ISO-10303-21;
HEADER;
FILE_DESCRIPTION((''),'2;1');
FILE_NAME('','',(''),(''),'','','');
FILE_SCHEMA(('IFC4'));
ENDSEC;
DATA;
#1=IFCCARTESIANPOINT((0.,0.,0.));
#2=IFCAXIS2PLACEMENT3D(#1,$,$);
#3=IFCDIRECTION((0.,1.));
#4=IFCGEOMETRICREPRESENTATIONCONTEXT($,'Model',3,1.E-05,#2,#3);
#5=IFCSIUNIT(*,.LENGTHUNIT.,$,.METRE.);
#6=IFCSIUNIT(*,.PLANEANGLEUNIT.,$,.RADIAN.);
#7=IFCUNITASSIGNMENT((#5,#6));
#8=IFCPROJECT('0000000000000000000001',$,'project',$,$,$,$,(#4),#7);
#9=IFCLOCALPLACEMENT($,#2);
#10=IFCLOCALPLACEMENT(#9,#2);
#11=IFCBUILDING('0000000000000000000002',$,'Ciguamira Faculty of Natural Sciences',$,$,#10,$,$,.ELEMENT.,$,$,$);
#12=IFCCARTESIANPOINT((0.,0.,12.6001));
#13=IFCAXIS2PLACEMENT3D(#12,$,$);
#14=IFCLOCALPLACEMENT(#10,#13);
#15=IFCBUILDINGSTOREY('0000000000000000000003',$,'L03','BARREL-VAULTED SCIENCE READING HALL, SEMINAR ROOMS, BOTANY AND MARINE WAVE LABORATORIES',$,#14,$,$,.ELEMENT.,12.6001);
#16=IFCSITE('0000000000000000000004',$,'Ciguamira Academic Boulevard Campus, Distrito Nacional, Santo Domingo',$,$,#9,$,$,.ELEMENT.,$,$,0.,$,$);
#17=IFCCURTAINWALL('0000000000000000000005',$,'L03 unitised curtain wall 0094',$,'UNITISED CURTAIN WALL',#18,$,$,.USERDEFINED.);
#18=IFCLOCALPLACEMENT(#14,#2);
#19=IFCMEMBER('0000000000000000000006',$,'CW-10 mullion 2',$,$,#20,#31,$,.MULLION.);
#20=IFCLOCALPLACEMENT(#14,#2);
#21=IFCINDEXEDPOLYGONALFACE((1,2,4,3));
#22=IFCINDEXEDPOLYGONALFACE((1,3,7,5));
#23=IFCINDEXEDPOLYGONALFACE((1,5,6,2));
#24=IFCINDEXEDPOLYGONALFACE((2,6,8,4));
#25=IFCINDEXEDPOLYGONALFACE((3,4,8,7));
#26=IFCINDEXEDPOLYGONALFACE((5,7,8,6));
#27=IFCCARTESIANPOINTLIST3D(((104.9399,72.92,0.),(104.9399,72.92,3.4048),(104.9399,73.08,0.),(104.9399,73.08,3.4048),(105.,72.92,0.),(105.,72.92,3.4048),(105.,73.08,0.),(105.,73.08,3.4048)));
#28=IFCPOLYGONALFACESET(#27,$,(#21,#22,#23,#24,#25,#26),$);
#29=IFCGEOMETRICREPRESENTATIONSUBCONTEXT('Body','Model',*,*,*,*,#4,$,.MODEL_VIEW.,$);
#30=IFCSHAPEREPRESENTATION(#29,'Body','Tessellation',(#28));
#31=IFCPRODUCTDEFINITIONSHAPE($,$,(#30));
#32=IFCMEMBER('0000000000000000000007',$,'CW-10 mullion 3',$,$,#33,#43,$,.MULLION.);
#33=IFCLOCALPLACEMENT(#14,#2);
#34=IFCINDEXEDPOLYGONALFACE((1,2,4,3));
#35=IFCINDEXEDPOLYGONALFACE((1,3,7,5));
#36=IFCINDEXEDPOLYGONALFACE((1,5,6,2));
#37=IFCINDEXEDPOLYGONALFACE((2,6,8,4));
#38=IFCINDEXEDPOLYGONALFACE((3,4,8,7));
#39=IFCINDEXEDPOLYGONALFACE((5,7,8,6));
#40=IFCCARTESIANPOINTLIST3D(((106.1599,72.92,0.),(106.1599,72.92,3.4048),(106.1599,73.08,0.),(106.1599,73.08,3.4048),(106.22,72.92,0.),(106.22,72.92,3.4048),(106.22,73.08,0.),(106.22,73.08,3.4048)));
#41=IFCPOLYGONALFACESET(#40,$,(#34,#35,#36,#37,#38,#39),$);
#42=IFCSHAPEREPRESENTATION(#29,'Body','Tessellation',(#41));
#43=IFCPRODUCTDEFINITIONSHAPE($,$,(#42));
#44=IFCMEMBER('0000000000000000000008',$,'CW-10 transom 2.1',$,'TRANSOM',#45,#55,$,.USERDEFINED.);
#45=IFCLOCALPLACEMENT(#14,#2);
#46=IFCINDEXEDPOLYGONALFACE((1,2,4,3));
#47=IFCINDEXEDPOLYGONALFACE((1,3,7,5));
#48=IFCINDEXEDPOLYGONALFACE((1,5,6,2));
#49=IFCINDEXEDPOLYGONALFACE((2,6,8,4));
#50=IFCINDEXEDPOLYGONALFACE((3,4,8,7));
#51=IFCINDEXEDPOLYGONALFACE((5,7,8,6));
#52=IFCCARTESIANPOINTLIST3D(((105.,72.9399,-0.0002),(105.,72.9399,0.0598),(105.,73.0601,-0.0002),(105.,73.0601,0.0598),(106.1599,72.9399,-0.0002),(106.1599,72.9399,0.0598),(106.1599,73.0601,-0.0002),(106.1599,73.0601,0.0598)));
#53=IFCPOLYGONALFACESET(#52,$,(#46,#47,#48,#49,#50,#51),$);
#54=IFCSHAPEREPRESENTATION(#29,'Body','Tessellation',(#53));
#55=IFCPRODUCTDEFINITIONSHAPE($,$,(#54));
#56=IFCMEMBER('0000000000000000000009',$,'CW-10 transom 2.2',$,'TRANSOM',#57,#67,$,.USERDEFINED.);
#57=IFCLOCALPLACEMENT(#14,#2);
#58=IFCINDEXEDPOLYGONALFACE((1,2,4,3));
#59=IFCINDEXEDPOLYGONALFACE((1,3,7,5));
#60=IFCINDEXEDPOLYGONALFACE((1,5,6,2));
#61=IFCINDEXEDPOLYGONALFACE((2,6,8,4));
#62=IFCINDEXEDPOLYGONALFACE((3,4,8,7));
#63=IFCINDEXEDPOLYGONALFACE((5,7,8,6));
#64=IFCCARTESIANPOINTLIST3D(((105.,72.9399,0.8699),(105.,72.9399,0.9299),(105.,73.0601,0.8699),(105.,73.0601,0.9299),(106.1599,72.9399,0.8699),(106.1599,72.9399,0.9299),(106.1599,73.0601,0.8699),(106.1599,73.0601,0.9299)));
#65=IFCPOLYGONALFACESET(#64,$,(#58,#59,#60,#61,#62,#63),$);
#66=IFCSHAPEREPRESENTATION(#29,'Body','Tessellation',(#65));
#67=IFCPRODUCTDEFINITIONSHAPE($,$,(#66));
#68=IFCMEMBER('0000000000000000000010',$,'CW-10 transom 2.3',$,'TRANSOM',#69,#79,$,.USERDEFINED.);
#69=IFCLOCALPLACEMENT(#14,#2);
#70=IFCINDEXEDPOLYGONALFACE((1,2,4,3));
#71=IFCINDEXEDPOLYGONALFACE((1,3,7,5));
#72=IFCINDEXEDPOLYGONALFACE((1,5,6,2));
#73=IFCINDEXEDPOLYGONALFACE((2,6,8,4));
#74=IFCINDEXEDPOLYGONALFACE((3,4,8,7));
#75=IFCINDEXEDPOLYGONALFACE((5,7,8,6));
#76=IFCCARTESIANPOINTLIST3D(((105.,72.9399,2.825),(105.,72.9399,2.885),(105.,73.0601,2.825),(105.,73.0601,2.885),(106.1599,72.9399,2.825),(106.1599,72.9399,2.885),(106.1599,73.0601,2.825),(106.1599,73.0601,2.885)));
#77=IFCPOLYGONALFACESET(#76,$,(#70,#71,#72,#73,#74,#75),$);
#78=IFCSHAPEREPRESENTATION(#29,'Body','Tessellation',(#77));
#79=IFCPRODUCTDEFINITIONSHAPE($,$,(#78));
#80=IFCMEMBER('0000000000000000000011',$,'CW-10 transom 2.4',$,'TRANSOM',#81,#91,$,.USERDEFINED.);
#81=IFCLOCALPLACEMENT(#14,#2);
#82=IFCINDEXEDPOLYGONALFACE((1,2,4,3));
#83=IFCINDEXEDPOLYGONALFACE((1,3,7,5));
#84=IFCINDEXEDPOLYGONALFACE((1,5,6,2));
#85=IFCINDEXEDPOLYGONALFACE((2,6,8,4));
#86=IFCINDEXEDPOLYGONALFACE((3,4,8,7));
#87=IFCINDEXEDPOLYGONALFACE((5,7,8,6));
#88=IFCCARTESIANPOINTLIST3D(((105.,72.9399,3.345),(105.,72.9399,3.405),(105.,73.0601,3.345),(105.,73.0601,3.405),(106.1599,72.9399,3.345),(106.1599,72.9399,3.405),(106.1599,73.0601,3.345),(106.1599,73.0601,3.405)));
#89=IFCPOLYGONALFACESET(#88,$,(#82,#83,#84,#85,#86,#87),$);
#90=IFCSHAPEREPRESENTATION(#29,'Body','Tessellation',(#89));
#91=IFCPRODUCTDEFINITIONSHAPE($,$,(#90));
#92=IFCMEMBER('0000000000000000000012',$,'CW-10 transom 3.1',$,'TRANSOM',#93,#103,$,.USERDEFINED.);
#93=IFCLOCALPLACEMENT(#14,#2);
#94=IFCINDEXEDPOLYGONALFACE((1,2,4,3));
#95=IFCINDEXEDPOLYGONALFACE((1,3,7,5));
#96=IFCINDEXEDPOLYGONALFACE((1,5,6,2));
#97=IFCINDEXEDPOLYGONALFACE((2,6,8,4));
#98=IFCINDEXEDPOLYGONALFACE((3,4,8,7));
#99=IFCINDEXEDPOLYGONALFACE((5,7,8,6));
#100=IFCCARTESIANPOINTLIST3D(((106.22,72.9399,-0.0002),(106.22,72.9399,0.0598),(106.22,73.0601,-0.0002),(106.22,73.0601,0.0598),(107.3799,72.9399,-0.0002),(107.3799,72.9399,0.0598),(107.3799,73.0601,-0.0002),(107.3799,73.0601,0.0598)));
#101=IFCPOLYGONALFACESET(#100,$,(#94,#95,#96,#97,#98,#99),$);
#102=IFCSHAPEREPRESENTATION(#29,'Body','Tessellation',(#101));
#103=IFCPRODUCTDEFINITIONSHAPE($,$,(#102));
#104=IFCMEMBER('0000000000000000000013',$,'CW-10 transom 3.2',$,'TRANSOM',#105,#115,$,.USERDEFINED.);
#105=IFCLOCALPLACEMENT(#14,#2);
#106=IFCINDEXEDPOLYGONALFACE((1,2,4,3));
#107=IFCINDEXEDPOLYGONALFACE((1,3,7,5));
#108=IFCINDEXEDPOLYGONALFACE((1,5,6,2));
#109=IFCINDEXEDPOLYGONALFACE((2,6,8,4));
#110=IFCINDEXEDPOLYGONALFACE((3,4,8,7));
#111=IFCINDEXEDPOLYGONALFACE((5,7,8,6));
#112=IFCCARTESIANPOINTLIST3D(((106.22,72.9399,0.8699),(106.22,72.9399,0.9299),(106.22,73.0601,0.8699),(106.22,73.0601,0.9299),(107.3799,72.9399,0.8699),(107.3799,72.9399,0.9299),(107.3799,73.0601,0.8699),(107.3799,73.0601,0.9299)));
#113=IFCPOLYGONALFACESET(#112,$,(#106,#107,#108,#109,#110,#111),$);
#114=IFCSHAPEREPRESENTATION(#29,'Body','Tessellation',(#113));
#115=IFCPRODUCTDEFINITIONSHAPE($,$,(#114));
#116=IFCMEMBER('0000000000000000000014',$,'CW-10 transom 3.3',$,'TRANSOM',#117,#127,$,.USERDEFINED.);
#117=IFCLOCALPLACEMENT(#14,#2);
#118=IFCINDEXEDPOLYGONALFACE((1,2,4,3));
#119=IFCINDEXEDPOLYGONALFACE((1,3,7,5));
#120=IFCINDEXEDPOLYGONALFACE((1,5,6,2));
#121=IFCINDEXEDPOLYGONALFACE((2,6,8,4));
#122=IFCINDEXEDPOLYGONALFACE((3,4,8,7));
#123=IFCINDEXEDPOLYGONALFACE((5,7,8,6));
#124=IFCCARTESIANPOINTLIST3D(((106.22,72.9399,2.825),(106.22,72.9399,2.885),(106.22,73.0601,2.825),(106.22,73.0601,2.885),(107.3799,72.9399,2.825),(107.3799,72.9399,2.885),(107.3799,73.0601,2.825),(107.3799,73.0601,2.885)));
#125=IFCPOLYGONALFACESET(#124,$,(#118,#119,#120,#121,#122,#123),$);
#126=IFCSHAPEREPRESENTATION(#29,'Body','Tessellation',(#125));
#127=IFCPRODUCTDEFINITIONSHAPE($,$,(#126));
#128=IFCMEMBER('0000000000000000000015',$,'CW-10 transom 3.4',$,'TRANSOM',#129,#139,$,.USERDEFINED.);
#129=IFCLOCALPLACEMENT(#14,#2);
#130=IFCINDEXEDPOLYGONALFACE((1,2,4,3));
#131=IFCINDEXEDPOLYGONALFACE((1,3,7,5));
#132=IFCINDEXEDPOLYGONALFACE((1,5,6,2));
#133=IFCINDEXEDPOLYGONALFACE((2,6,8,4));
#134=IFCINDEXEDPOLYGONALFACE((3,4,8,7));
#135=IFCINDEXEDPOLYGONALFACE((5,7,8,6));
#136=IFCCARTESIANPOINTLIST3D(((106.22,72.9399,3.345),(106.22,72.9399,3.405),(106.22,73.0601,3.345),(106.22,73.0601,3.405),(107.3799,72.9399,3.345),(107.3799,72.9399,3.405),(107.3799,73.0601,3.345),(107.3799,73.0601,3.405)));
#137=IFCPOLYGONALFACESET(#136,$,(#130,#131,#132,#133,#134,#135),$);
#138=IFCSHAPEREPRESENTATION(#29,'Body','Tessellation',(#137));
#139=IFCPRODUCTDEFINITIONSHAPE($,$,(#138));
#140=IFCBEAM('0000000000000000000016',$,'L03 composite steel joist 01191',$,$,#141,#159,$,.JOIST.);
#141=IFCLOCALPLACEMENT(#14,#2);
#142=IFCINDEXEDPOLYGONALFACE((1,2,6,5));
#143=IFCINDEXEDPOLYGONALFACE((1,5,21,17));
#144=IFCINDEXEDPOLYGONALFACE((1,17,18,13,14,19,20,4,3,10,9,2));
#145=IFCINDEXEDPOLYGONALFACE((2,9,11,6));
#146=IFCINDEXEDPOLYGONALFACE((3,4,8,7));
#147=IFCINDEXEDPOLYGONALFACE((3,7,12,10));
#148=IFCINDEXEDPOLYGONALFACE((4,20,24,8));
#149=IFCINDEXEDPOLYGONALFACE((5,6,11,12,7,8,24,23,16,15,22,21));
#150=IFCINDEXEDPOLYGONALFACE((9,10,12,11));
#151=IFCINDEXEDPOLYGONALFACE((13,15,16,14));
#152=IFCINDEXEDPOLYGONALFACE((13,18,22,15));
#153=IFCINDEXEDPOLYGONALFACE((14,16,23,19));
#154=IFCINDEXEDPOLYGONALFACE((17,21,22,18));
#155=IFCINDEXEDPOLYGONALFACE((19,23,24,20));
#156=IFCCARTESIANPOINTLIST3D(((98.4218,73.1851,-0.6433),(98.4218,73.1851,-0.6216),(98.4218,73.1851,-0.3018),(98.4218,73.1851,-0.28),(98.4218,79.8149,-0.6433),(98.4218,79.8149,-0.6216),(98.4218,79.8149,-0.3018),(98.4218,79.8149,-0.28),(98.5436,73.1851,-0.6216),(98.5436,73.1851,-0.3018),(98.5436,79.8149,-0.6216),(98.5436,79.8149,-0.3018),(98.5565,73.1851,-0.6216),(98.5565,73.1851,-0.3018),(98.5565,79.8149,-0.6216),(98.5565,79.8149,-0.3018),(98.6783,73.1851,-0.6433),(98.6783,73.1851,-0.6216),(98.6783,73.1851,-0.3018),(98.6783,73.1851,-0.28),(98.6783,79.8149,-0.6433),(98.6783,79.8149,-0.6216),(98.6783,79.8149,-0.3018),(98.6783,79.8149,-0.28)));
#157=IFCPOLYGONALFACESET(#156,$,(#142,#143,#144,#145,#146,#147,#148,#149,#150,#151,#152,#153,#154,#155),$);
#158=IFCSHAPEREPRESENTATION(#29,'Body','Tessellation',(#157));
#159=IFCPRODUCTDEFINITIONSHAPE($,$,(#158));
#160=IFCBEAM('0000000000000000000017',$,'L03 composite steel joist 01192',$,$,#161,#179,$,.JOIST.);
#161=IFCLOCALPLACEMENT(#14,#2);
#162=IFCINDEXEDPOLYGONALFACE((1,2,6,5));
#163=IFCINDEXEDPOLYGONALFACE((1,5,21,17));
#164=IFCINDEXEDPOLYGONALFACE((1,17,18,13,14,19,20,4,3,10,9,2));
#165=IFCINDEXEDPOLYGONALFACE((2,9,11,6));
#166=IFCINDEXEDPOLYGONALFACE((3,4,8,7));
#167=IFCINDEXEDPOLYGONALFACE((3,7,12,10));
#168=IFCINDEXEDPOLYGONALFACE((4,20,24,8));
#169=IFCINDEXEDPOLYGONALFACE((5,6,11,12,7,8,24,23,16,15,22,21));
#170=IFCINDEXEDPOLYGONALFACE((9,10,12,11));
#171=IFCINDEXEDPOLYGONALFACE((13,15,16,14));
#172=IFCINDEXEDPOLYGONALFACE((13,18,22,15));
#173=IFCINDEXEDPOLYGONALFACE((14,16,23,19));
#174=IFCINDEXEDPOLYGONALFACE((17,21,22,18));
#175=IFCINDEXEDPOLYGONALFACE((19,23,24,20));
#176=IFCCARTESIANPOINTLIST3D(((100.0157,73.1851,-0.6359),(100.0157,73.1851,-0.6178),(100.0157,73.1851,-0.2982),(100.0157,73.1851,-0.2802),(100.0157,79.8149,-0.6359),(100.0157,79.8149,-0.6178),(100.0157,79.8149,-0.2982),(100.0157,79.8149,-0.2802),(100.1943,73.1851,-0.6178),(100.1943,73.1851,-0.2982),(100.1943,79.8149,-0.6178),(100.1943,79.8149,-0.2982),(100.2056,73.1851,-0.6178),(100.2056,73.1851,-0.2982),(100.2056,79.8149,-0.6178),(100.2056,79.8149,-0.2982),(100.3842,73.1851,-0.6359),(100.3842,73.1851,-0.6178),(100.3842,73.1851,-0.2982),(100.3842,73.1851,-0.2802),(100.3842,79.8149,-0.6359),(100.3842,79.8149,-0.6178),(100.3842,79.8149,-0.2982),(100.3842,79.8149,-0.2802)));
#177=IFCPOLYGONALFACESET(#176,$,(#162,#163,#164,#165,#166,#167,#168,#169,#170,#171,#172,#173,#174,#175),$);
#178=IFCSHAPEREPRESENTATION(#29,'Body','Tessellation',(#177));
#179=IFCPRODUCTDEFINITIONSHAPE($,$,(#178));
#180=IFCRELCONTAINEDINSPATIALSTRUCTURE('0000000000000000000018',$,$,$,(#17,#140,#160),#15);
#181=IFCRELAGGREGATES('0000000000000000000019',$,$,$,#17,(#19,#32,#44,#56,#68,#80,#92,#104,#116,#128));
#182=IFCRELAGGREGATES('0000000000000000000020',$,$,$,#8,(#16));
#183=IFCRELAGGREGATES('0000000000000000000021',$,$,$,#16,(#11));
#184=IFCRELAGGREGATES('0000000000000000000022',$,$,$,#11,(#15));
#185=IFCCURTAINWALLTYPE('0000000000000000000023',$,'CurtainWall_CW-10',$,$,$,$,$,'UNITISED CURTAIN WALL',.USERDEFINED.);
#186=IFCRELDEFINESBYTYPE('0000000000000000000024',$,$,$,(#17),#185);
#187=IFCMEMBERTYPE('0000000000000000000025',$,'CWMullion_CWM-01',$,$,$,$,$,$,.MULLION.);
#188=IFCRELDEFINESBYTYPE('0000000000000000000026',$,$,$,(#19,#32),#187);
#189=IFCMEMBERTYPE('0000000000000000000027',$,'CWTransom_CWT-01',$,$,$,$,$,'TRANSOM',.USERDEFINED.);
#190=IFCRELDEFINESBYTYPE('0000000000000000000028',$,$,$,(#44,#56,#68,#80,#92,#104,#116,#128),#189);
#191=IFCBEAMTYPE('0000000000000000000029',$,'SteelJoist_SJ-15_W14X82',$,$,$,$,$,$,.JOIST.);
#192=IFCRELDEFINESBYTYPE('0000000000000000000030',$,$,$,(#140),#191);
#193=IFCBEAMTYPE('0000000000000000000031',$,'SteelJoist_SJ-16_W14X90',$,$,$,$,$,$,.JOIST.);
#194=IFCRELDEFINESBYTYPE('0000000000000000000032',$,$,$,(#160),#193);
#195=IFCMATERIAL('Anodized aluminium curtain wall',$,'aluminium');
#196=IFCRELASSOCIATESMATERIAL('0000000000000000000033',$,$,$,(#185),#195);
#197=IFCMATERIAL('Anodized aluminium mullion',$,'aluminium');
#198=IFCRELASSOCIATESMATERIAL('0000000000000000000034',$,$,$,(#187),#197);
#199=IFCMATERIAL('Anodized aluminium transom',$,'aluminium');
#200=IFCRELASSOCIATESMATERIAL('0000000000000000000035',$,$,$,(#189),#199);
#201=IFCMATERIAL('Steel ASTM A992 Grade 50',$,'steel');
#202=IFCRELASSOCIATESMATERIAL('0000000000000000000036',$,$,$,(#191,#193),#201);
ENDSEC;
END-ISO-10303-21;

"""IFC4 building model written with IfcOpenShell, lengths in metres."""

from ifc_helpers import new_model, si_unit, direction, frame, origin, origin_2d, place, context, subcontext, project, spatial, rectangle, i_section, extrude, material, material_profile, profile_set, type_object, element, aggregate, save


model = new_model("IFC4")

# Units and contexts
model_context = context("Model", 3, precision=1e-05, world=origin(), true_north=direction((0.0, 1.0)))
body_context = subcontext(model_context, "Body", "Model", "MODEL_VIEW")
ifc_project = project(units=[si_unit("LENGTHUNIT", "METRE"), si_unit("PLANEANGLEUNIT", "RADIAN")], contexts=[model_context])

# Site, building, storey
site_placement = place(None, origin())
site = spatial("IfcSite", under=ifc_project, at=site_placement, Name="Ciguamira Academic Boulevard Campus, Distrito Nacional, Santo Domingo", CompositionType="ELEMENT", RefElevation=0.0)
building_placement = place(site_placement, origin())
building = spatial("IfcBuilding", under=site, at=building_placement, Name="Ciguamira Faculty of Natural Sciences", CompositionType="ELEMENT")
storey_placement = place(building_placement, frame((0.0, 0.0, 12.6001)))
storey = spatial("IfcBuildingStorey", under=building, at=storey_placement, Name="L03", Description="BARREL-VAULTED SCIENCE READING HALL, SEMINAR ROOMS, BOTANY AND MARINE WAVE LABORATORIES", CompositionType="ELEMENT", Elevation=12.6001)

# Curtain wall, members
ifc_material_1 = material(Name="Anodized aluminium curtain wall", Category="aluminium")
curtain_wall_type = type_object("IfcCurtainWallType", Name="CurtainWall_CW-10", ElementType="UNITISED CURTAIN WALL", PredefinedType="USERDEFINED", material=ifc_material_1)
curtain_wall_placement = place(storey_placement, origin())
curtain_wall = element("IfcCurtainWall", 1, at=curtain_wall_placement, inside=storey, type_object=curtain_wall_type, Name="L03 unitised curtain wall 0094", ObjectType="UNITISED CURTAIN WALL", PredefinedType="USERDEFINED")
ifc_material_2 = material(Name="Anodized aluminium mullion", Category="aluminium")
ifc_material_profile_1 = material_profile(ifc_material_2, rectangle(XDim=0.0601, YDim=0.1599, at=origin_2d()), Name="ALU-MUL-60X160")
ifc_profile_set_1 = profile_set([ifc_material_profile_1], Name="Anodized aluminium mullion")
member_type_1 = type_object("IfcMemberType", Name="CWMullion_CWM-01", PredefinedType="MULLION", material=ifc_profile_set_1)
member_1_placement = place(storey_placement, frame((104.97, 73.0, 0.0), z_axis=(0.0, 0.0, 1.0), x_axis=(1.0, 0.0, 0.0)))
member_1 = element("IfcMember", 2, at=member_1_placement, type_object=member_type_1, Name="CW-10 mullion 2", PredefinedType="MULLION", context=body_context, shape_type="SweptSolid", body=[
    extrude(rectangle(XDim=0.0601, YDim=0.1599, at=origin_2d()), origin(), (0.0, 0.0, 1.0), 3.4048),
])
member_2_placement = place(storey_placement, frame((106.1899, 73.0, 0.0), z_axis=(0.0, 0.0, 1.0), x_axis=(1.0, 0.0, 0.0)))
member_2 = element("IfcMember", 3, at=member_2_placement, type_object=member_type_1, Name="CW-10 mullion 3", PredefinedType="MULLION", context=body_context, shape_type="SweptSolid", body=[
    extrude(rectangle(XDim=0.0601, YDim=0.1599, at=origin_2d()), origin(), (0.0, 0.0, 1.0), 3.4048),
])
ifc_material_3 = material(Name="Anodized aluminium transom", Category="aluminium")
ifc_material_profile_2 = material_profile(ifc_material_3, rectangle(XDim=0.0601, YDim=0.1201, at=origin_2d()), Name="ALU-TRN-60X120")
ifc_profile_set_2 = profile_set([ifc_material_profile_2], Name="Anodized aluminium transom")
member_type_2 = type_object("IfcMemberType", Name="CWTransom_CWT-01", ElementType="TRANSOM", PredefinedType="USERDEFINED", material=ifc_profile_set_2)
member_3_placement = place(storey_placement, frame((105.0, 73.0, 0.0298), z_axis=(1.0, 0.0, 0.0), x_axis=(0.0, 0.0, 1.0)))
member_3 = element("IfcMember", 4, at=member_3_placement, type_object=member_type_2, Name="CW-10 transom 2.1", ObjectType="TRANSOM", PredefinedType="USERDEFINED", context=body_context, shape_type="SweptSolid", body=[
    extrude(rectangle(XDim=0.0601, YDim=0.1201, at=origin_2d()), origin(), (0.0, 0.0, 1.0), 1.1599),
])
member_4_placement = place(storey_placement, frame((105.0, 73.0, 0.8999), z_axis=(1.0, 0.0, 0.0), x_axis=(0.0, 0.0, 1.0)))
member_4 = element("IfcMember", 5, at=member_4_placement, type_object=member_type_2, Name="CW-10 transom 2.2", ObjectType="TRANSOM", PredefinedType="USERDEFINED", context=body_context, shape_type="SweptSolid", body=[
    extrude(rectangle(XDim=0.0601, YDim=0.1201, at=origin_2d()), origin(), (0.0, 0.0, 1.0), 1.1599),
])
member_5_placement = place(storey_placement, frame((105.0, 73.0, 2.855), z_axis=(1.0, 0.0, 0.0), x_axis=(0.0, 0.0, 1.0)))
member_5 = element("IfcMember", 6, at=member_5_placement, type_object=member_type_2, Name="CW-10 transom 2.3", ObjectType="TRANSOM", PredefinedType="USERDEFINED", context=body_context, shape_type="SweptSolid", body=[
    extrude(rectangle(XDim=0.0601, YDim=0.1201, at=origin_2d()), origin(), (0.0, 0.0, 1.0), 1.1599),
])
member_6_placement = place(storey_placement, frame((105.0, 73.0, 3.375), z_axis=(1.0, 0.0, 0.0), x_axis=(0.0, 0.0, 1.0)))
member_6 = element("IfcMember", 7, at=member_6_placement, type_object=member_type_2, Name="CW-10 transom 2.4", ObjectType="TRANSOM", PredefinedType="USERDEFINED", context=body_context, shape_type="SweptSolid", body=[
    extrude(rectangle(XDim=0.0601, YDim=0.1201, at=origin_2d()), origin(), (0.0, 0.0, 1.0), 1.1599),
])
member_7_placement = place(storey_placement, frame((106.22, 73.0, 0.0298), z_axis=(1.0, 0.0, 0.0), x_axis=(0.0, 0.0, 1.0)))
member_7 = element("IfcMember", 8, at=member_7_placement, type_object=member_type_2, Name="CW-10 transom 3.1", ObjectType="TRANSOM", PredefinedType="USERDEFINED", context=body_context, shape_type="SweptSolid", body=[
    extrude(rectangle(XDim=0.0601, YDim=0.1201, at=origin_2d()), origin(), (0.0, 0.0, 1.0), 1.1599),
])
member_8_placement = place(storey_placement, frame((106.22, 73.0, 0.8999), z_axis=(1.0, 0.0, 0.0), x_axis=(0.0, 0.0, 1.0)))
member_8 = element("IfcMember", 9, at=member_8_placement, type_object=member_type_2, Name="CW-10 transom 3.2", ObjectType="TRANSOM", PredefinedType="USERDEFINED", context=body_context, shape_type="SweptSolid", body=[
    extrude(rectangle(XDim=0.0601, YDim=0.1201, at=origin_2d()), origin(), (0.0, 0.0, 1.0), 1.1599),
])
member_9_placement = place(storey_placement, frame((106.22, 73.0, 2.855), z_axis=(1.0, 0.0, 0.0), x_axis=(0.0, 0.0, 1.0)))
member_9 = element("IfcMember", 10, at=member_9_placement, type_object=member_type_2, Name="CW-10 transom 3.3", ObjectType="TRANSOM", PredefinedType="USERDEFINED", context=body_context, shape_type="SweptSolid", body=[
    extrude(rectangle(XDim=0.0601, YDim=0.1201, at=origin_2d()), origin(), (0.0, 0.0, 1.0), 1.1599),
])
member_10_placement = place(storey_placement, frame((106.22, 73.0, 3.375), z_axis=(1.0, 0.0, 0.0), x_axis=(0.0, 0.0, 1.0)))
member_10 = element("IfcMember", 11, at=member_10_placement, type_object=member_type_2, Name="CW-10 transom 3.4", ObjectType="TRANSOM", PredefinedType="USERDEFINED", context=body_context, shape_type="SweptSolid", body=[
    extrude(rectangle(XDim=0.0601, YDim=0.1201, at=origin_2d()), origin(), (0.0, 0.0, 1.0), 1.1599),
])

# Beams
ifc_material_4 = material(Name="Steel ASTM A992 Grade 50", Category="steel")
ifc_material_profile_3 = material_profile(ifc_material_4, i_section(OverallWidth=0.2566, OverallDepth=0.3633, WebThickness=0.0129, FlangeThickness=0.0217, at=origin_2d()), Name="W14X82")
ifc_profile_set_3 = profile_set([ifc_material_profile_3], Name="Steel ASTM A992 Grade 50")
beam_type_1 = type_object("IfcBeamType", Name="SteelJoist_SJ-15_W14X82", PredefinedType="JOIST", material=ifc_profile_set_3)
beam_1_placement = place(storey_placement, frame((98.55, 73.1851, -0.4617), z_axis=(0.0, 1.0, 0.0), x_axis=(-1.0, 0.0, 0.0)))
element("IfcBeam", 12, at=beam_1_placement, inside=storey, type_object=beam_type_1, Name="L03 composite steel joist 01191", PredefinedType="JOIST", context=body_context, shape_type="SweptSolid", body=[
    extrude(i_section(OverallWidth=0.2566, OverallDepth=0.3633, WebThickness=0.0129, FlangeThickness=0.0217, at=origin_2d()), origin(), (0.0, 0.0, 1.0), 6.6299),
])
ifc_material_profile_4 = material_profile(ifc_material_4, i_section(OverallWidth=0.3684, OverallDepth=0.3557, WebThickness=0.0112, FlangeThickness=0.0181, at=origin_2d()), Name="W14X90")
ifc_profile_set_4 = profile_set([ifc_material_profile_4], Name="Steel ASTM A992 Grade 50")
beam_type_2 = type_object("IfcBeamType", Name="SteelJoist_SJ-16_W14X90", PredefinedType="JOIST", material=ifc_profile_set_4)
beam_2_placement = place(storey_placement, frame((100.2, 73.1851, -0.458), z_axis=(0.0, 1.0, 0.0), x_axis=(-1.0, 0.0, 0.0)))
element("IfcBeam", 13, at=beam_2_placement, inside=storey, type_object=beam_type_2, Name="L03 composite steel joist 01192", PredefinedType="JOIST", context=body_context, shape_type="SweptSolid", body=[
    extrude(i_section(OverallWidth=0.3684, OverallDepth=0.3557, WebThickness=0.0112, FlangeThickness=0.0181, at=origin_2d()), origin(), (0.0, 0.0, 1.0), 6.6299),
])

aggregate(curtain_wall, [member_1, member_2, member_3, member_4, member_5, member_6, member_7, member_8, member_9, member_10])

save(model, "model.ifc")
